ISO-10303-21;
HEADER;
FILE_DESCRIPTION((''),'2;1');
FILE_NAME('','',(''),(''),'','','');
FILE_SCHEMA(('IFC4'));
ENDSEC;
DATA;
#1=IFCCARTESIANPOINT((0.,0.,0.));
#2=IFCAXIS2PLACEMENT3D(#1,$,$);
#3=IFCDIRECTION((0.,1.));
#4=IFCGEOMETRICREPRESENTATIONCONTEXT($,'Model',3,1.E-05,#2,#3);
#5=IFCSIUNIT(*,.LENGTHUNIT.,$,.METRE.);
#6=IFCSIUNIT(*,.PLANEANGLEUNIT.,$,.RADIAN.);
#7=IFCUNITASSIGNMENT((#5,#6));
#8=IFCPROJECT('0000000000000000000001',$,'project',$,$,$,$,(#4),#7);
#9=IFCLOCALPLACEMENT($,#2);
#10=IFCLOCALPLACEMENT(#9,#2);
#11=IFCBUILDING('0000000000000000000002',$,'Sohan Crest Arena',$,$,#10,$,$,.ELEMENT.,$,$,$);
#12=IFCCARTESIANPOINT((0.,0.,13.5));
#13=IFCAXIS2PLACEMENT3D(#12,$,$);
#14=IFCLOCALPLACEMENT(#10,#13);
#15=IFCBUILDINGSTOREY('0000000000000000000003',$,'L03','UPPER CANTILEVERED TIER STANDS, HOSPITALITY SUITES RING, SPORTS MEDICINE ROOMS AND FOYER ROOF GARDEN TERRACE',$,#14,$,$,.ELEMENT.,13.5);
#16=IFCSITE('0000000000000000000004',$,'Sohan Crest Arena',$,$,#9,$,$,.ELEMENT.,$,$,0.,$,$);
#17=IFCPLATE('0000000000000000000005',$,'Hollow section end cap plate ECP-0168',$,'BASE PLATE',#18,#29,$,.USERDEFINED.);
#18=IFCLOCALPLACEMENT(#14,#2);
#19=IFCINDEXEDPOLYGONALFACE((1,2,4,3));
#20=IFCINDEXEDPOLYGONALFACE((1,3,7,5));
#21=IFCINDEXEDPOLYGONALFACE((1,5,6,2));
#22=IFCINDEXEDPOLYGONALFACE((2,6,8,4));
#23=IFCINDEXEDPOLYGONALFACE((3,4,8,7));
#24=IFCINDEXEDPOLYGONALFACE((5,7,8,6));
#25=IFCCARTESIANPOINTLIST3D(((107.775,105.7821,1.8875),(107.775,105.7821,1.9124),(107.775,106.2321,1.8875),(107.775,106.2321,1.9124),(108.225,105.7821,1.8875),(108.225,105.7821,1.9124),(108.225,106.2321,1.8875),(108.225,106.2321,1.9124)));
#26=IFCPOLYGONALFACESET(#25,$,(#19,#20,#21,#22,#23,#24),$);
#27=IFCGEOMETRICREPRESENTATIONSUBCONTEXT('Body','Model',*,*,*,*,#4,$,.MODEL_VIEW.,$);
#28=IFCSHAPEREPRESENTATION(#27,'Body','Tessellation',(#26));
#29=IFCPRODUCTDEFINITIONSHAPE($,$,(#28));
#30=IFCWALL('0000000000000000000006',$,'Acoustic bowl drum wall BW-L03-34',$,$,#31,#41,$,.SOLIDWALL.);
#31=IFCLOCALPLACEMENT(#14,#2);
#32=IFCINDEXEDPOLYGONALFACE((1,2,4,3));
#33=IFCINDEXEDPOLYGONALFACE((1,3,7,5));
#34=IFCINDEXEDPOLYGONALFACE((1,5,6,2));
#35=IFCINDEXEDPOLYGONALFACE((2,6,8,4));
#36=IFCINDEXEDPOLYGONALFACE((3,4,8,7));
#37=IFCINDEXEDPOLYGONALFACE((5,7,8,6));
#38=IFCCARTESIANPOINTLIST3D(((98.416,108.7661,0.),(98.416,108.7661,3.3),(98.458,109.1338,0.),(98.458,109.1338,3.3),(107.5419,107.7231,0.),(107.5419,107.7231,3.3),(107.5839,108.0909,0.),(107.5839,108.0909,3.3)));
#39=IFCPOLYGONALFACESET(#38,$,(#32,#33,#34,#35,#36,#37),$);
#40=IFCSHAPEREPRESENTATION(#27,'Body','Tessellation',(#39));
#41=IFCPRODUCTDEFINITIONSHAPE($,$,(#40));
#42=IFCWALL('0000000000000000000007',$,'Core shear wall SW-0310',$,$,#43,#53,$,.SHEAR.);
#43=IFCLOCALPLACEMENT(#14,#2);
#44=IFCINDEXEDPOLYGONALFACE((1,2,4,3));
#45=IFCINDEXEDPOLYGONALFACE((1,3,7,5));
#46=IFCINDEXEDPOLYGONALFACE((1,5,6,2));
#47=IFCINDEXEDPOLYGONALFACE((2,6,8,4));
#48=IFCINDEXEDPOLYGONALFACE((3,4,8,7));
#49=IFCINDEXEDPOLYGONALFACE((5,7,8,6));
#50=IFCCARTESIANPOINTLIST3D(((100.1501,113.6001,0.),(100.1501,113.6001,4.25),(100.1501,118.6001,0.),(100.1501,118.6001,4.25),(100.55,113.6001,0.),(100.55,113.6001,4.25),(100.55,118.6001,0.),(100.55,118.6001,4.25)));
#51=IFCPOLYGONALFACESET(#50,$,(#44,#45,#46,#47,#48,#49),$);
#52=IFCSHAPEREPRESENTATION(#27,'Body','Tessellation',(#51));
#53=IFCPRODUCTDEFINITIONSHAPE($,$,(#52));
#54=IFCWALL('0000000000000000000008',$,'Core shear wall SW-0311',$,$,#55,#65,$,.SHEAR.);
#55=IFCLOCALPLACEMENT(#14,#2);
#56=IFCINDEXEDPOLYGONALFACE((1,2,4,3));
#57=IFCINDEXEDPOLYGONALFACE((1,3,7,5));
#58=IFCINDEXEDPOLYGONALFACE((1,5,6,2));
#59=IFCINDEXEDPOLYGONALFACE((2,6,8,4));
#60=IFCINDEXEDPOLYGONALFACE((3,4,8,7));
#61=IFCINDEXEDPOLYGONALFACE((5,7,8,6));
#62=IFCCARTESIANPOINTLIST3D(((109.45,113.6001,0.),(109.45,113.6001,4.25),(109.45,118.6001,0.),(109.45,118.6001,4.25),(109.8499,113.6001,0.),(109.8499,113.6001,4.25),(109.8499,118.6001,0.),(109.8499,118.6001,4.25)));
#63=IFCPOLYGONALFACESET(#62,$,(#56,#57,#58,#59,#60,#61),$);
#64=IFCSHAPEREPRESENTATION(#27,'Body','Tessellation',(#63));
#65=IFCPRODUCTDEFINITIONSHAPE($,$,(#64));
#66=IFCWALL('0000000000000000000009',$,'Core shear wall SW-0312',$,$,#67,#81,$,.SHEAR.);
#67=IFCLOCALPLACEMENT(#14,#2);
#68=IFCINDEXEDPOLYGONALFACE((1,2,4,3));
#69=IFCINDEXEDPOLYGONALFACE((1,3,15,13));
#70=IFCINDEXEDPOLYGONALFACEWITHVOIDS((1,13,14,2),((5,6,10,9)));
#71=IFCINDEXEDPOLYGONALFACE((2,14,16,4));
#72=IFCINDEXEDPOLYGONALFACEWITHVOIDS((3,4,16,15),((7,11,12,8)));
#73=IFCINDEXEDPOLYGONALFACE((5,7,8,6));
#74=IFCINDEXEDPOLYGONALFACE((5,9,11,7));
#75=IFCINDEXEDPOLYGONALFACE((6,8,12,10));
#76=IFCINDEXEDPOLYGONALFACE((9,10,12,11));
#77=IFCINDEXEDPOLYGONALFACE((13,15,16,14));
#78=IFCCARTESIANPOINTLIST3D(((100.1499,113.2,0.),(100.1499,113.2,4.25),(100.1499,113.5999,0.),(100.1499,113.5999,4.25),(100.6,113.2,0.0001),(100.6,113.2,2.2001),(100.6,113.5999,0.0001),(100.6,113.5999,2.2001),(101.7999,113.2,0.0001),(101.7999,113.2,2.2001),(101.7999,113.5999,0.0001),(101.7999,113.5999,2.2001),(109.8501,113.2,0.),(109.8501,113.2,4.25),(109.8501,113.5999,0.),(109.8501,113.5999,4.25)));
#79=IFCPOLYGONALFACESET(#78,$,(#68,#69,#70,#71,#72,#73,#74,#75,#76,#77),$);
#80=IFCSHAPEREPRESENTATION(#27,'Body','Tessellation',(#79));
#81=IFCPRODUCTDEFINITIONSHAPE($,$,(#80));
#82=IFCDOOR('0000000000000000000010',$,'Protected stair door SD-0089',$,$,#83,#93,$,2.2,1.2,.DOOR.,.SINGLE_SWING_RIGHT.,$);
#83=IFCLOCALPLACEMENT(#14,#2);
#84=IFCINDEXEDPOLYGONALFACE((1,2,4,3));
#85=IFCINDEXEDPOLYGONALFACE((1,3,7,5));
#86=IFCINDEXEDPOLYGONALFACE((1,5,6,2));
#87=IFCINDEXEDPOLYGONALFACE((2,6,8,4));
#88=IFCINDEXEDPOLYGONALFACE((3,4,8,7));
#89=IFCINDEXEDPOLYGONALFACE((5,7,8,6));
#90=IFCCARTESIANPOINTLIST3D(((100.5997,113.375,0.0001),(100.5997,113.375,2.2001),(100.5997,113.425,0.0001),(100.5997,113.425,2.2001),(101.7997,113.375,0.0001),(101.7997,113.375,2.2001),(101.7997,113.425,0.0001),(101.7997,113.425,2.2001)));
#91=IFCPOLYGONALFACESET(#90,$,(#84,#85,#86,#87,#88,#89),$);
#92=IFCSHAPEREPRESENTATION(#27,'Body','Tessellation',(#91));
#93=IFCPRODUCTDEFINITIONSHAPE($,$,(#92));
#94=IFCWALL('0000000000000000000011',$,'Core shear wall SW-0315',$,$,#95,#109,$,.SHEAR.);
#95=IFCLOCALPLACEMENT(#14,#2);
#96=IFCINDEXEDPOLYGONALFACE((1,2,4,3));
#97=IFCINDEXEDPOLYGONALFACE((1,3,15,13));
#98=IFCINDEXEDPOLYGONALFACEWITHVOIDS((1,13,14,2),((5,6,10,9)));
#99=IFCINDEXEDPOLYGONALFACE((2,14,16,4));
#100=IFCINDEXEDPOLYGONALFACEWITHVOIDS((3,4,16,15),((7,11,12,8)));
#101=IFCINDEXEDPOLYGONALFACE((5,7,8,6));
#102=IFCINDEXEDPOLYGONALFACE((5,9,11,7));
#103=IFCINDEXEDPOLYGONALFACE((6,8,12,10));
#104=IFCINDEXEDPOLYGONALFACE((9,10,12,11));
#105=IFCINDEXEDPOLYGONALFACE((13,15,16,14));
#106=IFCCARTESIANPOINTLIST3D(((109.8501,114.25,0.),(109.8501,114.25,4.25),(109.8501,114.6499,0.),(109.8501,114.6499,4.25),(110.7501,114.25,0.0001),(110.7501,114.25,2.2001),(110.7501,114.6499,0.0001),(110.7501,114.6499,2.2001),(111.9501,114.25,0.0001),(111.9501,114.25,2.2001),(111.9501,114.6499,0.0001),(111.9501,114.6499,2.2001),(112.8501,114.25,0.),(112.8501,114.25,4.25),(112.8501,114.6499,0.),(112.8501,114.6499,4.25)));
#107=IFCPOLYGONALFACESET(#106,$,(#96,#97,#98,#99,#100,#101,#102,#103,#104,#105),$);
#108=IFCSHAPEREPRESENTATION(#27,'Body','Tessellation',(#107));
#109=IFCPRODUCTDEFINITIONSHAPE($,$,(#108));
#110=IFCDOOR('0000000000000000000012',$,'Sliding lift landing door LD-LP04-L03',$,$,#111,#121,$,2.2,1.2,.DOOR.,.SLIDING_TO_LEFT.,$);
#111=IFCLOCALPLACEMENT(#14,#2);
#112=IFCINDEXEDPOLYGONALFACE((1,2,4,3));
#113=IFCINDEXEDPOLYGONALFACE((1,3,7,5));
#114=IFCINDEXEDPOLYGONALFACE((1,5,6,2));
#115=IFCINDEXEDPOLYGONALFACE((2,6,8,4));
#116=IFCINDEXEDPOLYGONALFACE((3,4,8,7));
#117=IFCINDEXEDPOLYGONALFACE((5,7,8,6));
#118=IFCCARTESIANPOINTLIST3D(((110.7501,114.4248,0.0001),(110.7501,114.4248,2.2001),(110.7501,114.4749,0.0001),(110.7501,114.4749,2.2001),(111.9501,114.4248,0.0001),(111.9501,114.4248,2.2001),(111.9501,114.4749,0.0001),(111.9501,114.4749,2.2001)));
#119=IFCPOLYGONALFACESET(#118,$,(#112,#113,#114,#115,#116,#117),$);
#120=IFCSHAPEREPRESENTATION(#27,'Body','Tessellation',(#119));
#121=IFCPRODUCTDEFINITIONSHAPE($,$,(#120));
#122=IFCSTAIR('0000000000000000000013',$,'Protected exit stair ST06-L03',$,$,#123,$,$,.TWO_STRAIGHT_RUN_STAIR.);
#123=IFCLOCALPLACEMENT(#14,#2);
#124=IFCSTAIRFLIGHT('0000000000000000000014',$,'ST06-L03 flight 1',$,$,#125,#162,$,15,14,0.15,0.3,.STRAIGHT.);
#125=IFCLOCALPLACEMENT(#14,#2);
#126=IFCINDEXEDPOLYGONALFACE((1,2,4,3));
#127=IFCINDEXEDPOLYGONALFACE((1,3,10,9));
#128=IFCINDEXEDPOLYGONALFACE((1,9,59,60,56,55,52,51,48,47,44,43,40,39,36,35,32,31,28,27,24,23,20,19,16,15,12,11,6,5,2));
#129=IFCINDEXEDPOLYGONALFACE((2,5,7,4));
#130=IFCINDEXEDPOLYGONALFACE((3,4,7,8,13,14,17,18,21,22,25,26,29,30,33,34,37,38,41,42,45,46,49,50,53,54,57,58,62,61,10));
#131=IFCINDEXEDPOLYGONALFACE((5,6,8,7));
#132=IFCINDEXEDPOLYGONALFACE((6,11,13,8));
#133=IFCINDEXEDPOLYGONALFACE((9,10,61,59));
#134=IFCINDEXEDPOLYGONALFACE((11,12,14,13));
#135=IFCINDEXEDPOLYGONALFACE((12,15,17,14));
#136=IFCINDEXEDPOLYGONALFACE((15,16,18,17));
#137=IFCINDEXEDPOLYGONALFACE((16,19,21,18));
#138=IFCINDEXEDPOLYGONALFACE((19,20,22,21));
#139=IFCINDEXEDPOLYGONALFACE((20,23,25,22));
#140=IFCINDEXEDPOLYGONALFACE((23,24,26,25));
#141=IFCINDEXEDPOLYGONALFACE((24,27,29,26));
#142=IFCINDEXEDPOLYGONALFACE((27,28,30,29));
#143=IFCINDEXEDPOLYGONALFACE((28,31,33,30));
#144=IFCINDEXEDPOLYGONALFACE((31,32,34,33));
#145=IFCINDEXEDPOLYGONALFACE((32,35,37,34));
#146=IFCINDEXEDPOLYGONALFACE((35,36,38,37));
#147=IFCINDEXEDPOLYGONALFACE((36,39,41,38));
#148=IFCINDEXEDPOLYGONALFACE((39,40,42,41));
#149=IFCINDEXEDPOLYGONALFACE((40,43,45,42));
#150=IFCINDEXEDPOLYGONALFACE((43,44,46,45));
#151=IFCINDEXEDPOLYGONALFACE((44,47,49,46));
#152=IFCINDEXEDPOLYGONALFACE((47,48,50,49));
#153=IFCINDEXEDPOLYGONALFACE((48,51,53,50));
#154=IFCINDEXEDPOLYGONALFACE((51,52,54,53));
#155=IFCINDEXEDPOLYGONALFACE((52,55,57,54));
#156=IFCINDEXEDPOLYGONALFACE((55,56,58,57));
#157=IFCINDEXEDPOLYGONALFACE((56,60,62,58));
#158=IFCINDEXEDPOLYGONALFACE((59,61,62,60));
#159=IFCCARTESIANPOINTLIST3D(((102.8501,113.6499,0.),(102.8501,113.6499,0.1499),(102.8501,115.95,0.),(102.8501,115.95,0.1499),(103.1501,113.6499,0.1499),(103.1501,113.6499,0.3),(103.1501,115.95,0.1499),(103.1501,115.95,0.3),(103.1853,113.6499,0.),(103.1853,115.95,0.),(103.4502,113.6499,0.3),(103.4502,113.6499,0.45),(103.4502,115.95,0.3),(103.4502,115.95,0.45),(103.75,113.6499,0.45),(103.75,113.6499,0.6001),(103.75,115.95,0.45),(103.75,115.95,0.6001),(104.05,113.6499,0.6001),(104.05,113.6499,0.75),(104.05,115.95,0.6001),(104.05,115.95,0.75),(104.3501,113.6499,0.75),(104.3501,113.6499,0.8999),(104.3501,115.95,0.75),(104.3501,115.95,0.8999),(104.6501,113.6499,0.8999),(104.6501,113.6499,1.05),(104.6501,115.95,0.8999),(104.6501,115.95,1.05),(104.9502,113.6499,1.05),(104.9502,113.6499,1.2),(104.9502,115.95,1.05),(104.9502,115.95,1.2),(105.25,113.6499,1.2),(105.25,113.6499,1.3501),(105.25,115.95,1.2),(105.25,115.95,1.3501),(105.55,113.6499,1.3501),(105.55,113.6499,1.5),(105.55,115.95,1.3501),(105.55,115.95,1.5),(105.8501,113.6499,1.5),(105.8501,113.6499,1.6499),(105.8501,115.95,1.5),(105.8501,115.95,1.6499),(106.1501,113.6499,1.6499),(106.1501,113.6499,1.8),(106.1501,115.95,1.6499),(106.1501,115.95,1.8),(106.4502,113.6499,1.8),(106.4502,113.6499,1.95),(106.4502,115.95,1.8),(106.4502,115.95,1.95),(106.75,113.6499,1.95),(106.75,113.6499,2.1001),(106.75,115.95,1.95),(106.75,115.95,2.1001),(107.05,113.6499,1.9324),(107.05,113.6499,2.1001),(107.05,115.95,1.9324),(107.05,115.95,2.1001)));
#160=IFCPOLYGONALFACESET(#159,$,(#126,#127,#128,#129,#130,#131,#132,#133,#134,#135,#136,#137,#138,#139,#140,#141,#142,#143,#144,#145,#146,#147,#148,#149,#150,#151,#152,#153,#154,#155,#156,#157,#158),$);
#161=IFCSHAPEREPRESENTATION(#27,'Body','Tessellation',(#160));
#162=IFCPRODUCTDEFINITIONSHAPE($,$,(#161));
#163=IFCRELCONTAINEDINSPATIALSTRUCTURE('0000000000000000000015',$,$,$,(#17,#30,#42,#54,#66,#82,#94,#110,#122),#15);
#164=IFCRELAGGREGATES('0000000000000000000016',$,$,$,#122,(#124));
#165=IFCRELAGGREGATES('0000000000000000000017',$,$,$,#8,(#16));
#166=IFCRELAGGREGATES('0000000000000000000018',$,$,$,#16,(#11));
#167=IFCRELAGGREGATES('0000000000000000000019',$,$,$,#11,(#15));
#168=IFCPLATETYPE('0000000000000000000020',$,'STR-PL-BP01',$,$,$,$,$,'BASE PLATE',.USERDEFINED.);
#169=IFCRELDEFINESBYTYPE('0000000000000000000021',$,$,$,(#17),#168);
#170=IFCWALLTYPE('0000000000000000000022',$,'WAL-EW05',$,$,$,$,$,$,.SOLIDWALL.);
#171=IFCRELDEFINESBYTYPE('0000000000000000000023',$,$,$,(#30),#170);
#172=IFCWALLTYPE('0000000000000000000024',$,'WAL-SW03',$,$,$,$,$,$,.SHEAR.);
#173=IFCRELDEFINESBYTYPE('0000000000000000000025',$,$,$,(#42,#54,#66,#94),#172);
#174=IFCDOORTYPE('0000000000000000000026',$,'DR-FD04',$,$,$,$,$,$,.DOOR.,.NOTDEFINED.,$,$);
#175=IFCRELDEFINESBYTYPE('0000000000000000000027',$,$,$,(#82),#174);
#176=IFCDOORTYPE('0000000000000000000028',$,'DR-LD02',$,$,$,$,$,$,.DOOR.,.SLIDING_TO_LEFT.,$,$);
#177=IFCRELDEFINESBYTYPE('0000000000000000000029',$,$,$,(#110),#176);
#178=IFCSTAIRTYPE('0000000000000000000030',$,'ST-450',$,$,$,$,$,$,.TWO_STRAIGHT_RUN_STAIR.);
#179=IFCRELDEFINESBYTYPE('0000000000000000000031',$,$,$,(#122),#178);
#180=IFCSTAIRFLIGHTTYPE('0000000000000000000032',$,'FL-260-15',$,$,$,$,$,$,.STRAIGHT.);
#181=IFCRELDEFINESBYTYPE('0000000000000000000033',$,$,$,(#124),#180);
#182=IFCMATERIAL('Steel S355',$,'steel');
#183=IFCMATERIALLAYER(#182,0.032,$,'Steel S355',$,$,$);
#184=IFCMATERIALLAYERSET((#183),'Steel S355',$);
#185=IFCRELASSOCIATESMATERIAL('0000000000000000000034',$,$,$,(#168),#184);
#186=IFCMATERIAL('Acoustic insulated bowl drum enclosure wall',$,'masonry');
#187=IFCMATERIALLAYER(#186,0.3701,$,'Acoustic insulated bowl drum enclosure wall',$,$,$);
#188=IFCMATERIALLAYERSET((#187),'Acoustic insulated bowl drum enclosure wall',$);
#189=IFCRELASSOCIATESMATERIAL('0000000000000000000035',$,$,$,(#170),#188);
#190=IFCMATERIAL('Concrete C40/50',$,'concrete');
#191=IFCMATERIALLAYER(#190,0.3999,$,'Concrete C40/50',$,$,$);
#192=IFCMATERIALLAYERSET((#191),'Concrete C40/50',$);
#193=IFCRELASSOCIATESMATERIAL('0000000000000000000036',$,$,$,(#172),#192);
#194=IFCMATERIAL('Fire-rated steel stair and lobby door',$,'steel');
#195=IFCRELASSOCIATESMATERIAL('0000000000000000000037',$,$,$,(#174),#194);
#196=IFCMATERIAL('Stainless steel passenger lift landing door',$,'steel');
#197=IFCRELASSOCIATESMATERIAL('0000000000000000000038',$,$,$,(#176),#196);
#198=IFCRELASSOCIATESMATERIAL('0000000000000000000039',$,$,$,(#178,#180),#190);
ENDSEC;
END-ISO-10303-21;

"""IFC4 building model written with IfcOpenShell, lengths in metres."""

from ifc_helpers import new_model, si_unit, direction, frame, frame_2d, origin, origin_2d, place, context, subcontext, project, spatial, polyline, rectangle, outline, extrude, material, layer, layer_set, type_object, element, fill, aggregate, save


model = new_model("IFC4")

# Units and contexts
model_context = context("Model", 3, precision=1e-05, world=origin(), true_north=direction((0.0, 1.0)))
body_context = subcontext(model_context, "Body", "Model", "MODEL_VIEW")
ifc_project = project(units=[si_unit("LENGTHUNIT", "METRE"), si_unit("PLANEANGLEUNIT", "RADIAN")], contexts=[model_context])

# Site, building, storey
site_placement = place(None, origin())
site = spatial("IfcSite", under=ifc_project, at=site_placement, Name="Sohan Crest Arena", CompositionType="ELEMENT", RefElevation=0.0)
building_placement = place(site_placement, origin())
building = spatial("IfcBuilding", under=site, at=building_placement, Name="Sohan Crest Arena", CompositionType="ELEMENT")
storey_placement = place(building_placement, frame((0.0, 0.0, 13.5)))
storey = spatial("IfcBuildingStorey", under=building, at=storey_placement, Name="L03", Description="UPPER CANTILEVERED TIER STANDS, HOSPITALITY SUITES RING, SPORTS MEDICINE ROOMS AND FOYER ROOF GARDEN TERRACE", CompositionType="ELEMENT", Elevation=13.5)

# Shared definitions
ifc_material_1 = material(Name="Concrete C40/50", Category="concrete")
ifc_material_2 = material(Name="Steel S355", Category="steel")

# Plate
ifc_layer_1 = layer(ifc_material_2, 0.032, Name="Steel S355")
ifc_layer_set_1 = layer_set([ifc_layer_1], Name="Steel S355")
plate_type = type_object("IfcPlateType", Name="STR-PL-BP01", ElementType="BASE PLATE", PredefinedType="USERDEFINED", material=ifc_layer_set_1)
for number, where, z_axis, x_axis, name in (
    (1, (108.0, 106.0071, 1.8875), (0.0, 0.0, 1.0), (1.0, 0.0, 0.0), "Hollow section end cap plate ECP-0168"),
):
    element("IfcPlate", number, at=place(storey_placement, frame(where, z_axis=z_axis, x_axis=x_axis)), inside=storey, type_object=plate_type, Name=name, ObjectType="BASE PLATE", PredefinedType="USERDEFINED", context=body_context, shape_type="SweptSolid", body=[
        extrude(rectangle(XDim=0.45, YDim=0.45, at=origin_2d()), origin(), (0.0, 0.0, 1.0), 0.0249),
    ])

# Walls
ifc_material_3 = material(Name="Acoustic insulated bowl drum enclosure wall", Category="masonry")
ifc_layer_2 = layer(ifc_material_3, 0.3701, Name="Acoustic insulated bowl drum enclosure wall")
ifc_layer_set_2 = layer_set([ifc_layer_2], Name="Acoustic insulated bowl drum enclosure wall")
wall_type_1 = type_object("IfcWallType", Name="WAL-EW05", PredefinedType="SOLIDWALL", material=ifc_layer_set_2)
wall_1_placement = place(storey_placement, frame((107.563, 107.907, 0.0), z_axis=(0.0, 0.0, 1.0), x_axis=(-0.993533, 0.113547, 0.0)))
element("IfcWall", 2, at=wall_1_placement, inside=storey, type_object=wall_type_1, Name="Acoustic bowl drum wall BW-L03-34", PredefinedType="SOLIDWALL", context=body_context, shape_type="SweptSolid", body=[
    extrude(rectangle(XDim=9.1853, YDim=0.3701, at=frame_2d((4.5928, 0.0))), origin(), (0.0, 0.0, 1.0), 3.3),
])
ifc_layer_3 = layer(ifc_material_1, 0.3999, Name="Concrete C40/50")
ifc_layer_set_3 = layer_set([ifc_layer_3], Name="Concrete C40/50")
wall_type_2 = type_object("IfcWallType", Name="WAL-SW03", PredefinedType="SHEAR", material=ifc_layer_set_3)
for number, where, z_axis, x_axis, name in (
    (3, (100.3501, 113.6001, 0.0), (0.0, 0.0, 1.0), (0.0, 1.0, 0.0), "Core shear wall SW-0310"),
    (4, (109.6499, 113.6001, 0.0), (0.0, 0.0, 1.0), (0.0, 1.0, 0.0), "Core shear wall SW-0311"),
):
    element("IfcWall", number, at=place(storey_placement, frame(where, z_axis=z_axis, x_axis=x_axis)), inside=storey, type_object=wall_type_2, Name=name, PredefinedType="SHEAR", context=body_context, shape_type="SweptSolid", body=[
        extrude(rectangle(XDim=5.0, YDim=0.3999, at=frame_2d((2.5, 0.0))), origin(), (0.0, 0.0, 1.0), 4.25),
    ])

# Walls, openings, doors
wall_2_placement = place(storey_placement, frame((100.1499, 113.3999, 0.0), z_axis=(0.0, 0.0, 1.0), x_axis=(1.0, 0.0, 0.0)))
wall_2 = element("IfcWall", 5, at=wall_2_placement, inside=storey, type_object=wall_type_2, Name="Core shear wall SW-0312", PredefinedType="SHEAR", context=body_context, shape_type="SweptSolid", body=[
    extrude(rectangle(XDim=9.7002, YDim=0.3999, at=frame_2d((4.8501, 0.0))), origin(), (0.0, 0.0, 1.0), 4.25),
])
opening_1_placement = place(wall_2_placement, frame((0.45, 0.0, 0.0)))
opening_1 = element("IfcOpeningElement", 6, at=opening_1_placement, cuts=wall_2, PredefinedType="OPENING", context=body_context, shape_type="SweptSolid", body=[
    extrude(rectangle(XDim=1.2, YDim=2.2, at=frame_2d((0.6001, 1.1001))), frame((0.0, 0.21, 0.0), z_axis=(0.0, -1.0, 0.0), x_axis=(1.0, 0.0, 0.0)), (0.0, 0.0, 1.0), 0.4199),
])
ifc_material_4 = material(Name="Fire-rated steel stair and lobby door", Category="steel")
door_type_1 = type_object("IfcDoorType", Name="DR-FD04", OperationType="NOTDEFINED", PredefinedType="DOOR", material=ifc_material_4)
door_1_placement = place(opening_1_placement, frame((1.2, 0.0, 0.0), z_axis=(0.0, 0.0, 1.0), x_axis=(-1.0, 0.0, 0.0)))
door_1 = element("IfcDoor", 7, at=door_1_placement, inside=storey, type_object=door_type_1, Name="Protected stair door SD-0089", OperationType="SINGLE_SWING_RIGHT", OverallHeight=2.2, OverallWidth=1.2, PredefinedType="DOOR", context=body_context, shape_type="SweptSolid", body=[
    extrude(rectangle(XDim=1.2, YDim=2.2, at=frame_2d((0.6001, 1.1001))), frame((0.0, 0.0249, 0.0), z_axis=(0.0, -1.0, 0.0), x_axis=(1.0, 0.0, 0.0)), (0.0, 0.0, 1.0), 0.05),
])
fill(opening_1, door_1)
wall_3_placement = place(storey_placement, frame((109.8501, 114.45, 0.0), z_axis=(0.0, 0.0, 1.0), x_axis=(1.0, 0.0, 0.0)))
wall_3 = element("IfcWall", 8, at=wall_3_placement, inside=storey, type_object=wall_type_2, Name="Core shear wall SW-0315", PredefinedType="SHEAR", context=body_context, shape_type="SweptSolid", body=[
    extrude(rectangle(XDim=3.0, YDim=0.3999, at=frame_2d((1.5, 0.0))), origin(), (0.0, 0.0, 1.0), 4.25),
])
opening_2_placement = place(wall_3_placement, frame((0.8999, 0.0, 0.0)))
opening_2 = element("IfcOpeningElement", 9, at=opening_2_placement, cuts=wall_3, PredefinedType="OPENING", context=body_context, shape_type="SweptSolid", body=[
    extrude(rectangle(XDim=1.2, YDim=2.2, at=frame_2d((0.6001, 1.1001))), frame((0.0, 0.21, 0.0), z_axis=(0.0, -1.0, 0.0), x_axis=(1.0, 0.0, 0.0)), (0.0, 0.0, 1.0), 0.4199),
])
ifc_material_5 = material(Name="Stainless steel passenger lift landing door", Category="steel")
door_type_2 = type_object("IfcDoorType", Name="DR-LD02", OperationType="SLIDING_TO_LEFT", PredefinedType="DOOR", material=ifc_material_5)
door_2_placement = place(opening_2_placement, origin())
door_2 = element("IfcDoor", 10, at=door_2_placement, inside=storey, type_object=door_type_2, Name="Sliding lift landing door LD-LP04-L03", OperationType="SLIDING_TO_LEFT", OverallHeight=2.2, OverallWidth=1.2, PredefinedType="DOOR", context=body_context, shape_type="SweptSolid", body=[
    extrude(rectangle(XDim=1.2, YDim=2.2, at=frame_2d((0.6001, 1.1001))), frame((0.0, 0.0249, 0.0), z_axis=(0.0, -1.0, 0.0), x_axis=(1.0, 0.0, 0.0)), (0.0, 0.0, 1.0), 0.05),
])
fill(opening_2, door_2)

# Stair, stair flight
stair_type = type_object("IfcStairType", Name="ST-450", PredefinedType="TWO_STRAIGHT_RUN_STAIR", material=ifc_material_1)
stair_placement = place(storey_placement, origin())
stair = element("IfcStair", 11, at=stair_placement, inside=storey, type_object=stair_type, Name="Protected exit stair ST06-L03", PredefinedType="TWO_STRAIGHT_RUN_STAIR")
stair_flight_type = type_object("IfcStairFlightType", Name="FL-260-15", PredefinedType="STRAIGHT", material=ifc_material_1)
stair_flight_1_placement = place(storey_placement, frame((102.8501, 114.8, 0.0), z_axis=(0.0, 0.0, 1.0), x_axis=(1.0, 0.0, 0.0)))
stair_flight_1 = element("IfcStairFlight", 12, at=stair_flight_1_placement, type_object=stair_flight_type, Name="ST06-L03 flight 1", NumberOfRisers=15, NumberOfTreads=14, PredefinedType="STRAIGHT", RiserHeight=0.15, TreadLength=0.3, context=body_context, shape_type="SweptSolid", body=[
    extrude(outline(polyline([(0.0, 0.0), (0.0, 0.1499), (0.3, 0.1499), (0.3, 0.3), (0.6001, 0.3), (0.6001, 0.45), (0.8999, 0.45), (0.8999, 0.6001), (1.2, 0.6001), (1.2, 0.75), (1.5, 0.75), (1.5, 0.8999), (1.8, 0.8999), (1.8, 1.05), (2.1001, 1.05), (2.1001, 1.2), (2.3999, 1.2), (2.3999, 1.3501), (2.7, 1.3501), (2.7, 1.5), (3.0, 1.5), (3.0, 1.6499), (3.3, 1.6499), (3.3, 1.8), (3.6001, 1.8), (3.6001, 1.95), (3.8999, 1.95), (3.8999, 2.1001), (4.2, 2.1001), (4.2, 2.25), (4.2, 1.9324), (0.3352, 0.0), (0.0, 0.0)])), frame((0.0, 1.1499, 0.0), z_axis=(0.0, -1.0, 0.0), x_axis=(1.0, 0.0, 0.0)), (0.0, 0.0, 1.0), 2.3),
])
aggregate(stair, [stair_flight_1])

save(model, "model.ifc")
